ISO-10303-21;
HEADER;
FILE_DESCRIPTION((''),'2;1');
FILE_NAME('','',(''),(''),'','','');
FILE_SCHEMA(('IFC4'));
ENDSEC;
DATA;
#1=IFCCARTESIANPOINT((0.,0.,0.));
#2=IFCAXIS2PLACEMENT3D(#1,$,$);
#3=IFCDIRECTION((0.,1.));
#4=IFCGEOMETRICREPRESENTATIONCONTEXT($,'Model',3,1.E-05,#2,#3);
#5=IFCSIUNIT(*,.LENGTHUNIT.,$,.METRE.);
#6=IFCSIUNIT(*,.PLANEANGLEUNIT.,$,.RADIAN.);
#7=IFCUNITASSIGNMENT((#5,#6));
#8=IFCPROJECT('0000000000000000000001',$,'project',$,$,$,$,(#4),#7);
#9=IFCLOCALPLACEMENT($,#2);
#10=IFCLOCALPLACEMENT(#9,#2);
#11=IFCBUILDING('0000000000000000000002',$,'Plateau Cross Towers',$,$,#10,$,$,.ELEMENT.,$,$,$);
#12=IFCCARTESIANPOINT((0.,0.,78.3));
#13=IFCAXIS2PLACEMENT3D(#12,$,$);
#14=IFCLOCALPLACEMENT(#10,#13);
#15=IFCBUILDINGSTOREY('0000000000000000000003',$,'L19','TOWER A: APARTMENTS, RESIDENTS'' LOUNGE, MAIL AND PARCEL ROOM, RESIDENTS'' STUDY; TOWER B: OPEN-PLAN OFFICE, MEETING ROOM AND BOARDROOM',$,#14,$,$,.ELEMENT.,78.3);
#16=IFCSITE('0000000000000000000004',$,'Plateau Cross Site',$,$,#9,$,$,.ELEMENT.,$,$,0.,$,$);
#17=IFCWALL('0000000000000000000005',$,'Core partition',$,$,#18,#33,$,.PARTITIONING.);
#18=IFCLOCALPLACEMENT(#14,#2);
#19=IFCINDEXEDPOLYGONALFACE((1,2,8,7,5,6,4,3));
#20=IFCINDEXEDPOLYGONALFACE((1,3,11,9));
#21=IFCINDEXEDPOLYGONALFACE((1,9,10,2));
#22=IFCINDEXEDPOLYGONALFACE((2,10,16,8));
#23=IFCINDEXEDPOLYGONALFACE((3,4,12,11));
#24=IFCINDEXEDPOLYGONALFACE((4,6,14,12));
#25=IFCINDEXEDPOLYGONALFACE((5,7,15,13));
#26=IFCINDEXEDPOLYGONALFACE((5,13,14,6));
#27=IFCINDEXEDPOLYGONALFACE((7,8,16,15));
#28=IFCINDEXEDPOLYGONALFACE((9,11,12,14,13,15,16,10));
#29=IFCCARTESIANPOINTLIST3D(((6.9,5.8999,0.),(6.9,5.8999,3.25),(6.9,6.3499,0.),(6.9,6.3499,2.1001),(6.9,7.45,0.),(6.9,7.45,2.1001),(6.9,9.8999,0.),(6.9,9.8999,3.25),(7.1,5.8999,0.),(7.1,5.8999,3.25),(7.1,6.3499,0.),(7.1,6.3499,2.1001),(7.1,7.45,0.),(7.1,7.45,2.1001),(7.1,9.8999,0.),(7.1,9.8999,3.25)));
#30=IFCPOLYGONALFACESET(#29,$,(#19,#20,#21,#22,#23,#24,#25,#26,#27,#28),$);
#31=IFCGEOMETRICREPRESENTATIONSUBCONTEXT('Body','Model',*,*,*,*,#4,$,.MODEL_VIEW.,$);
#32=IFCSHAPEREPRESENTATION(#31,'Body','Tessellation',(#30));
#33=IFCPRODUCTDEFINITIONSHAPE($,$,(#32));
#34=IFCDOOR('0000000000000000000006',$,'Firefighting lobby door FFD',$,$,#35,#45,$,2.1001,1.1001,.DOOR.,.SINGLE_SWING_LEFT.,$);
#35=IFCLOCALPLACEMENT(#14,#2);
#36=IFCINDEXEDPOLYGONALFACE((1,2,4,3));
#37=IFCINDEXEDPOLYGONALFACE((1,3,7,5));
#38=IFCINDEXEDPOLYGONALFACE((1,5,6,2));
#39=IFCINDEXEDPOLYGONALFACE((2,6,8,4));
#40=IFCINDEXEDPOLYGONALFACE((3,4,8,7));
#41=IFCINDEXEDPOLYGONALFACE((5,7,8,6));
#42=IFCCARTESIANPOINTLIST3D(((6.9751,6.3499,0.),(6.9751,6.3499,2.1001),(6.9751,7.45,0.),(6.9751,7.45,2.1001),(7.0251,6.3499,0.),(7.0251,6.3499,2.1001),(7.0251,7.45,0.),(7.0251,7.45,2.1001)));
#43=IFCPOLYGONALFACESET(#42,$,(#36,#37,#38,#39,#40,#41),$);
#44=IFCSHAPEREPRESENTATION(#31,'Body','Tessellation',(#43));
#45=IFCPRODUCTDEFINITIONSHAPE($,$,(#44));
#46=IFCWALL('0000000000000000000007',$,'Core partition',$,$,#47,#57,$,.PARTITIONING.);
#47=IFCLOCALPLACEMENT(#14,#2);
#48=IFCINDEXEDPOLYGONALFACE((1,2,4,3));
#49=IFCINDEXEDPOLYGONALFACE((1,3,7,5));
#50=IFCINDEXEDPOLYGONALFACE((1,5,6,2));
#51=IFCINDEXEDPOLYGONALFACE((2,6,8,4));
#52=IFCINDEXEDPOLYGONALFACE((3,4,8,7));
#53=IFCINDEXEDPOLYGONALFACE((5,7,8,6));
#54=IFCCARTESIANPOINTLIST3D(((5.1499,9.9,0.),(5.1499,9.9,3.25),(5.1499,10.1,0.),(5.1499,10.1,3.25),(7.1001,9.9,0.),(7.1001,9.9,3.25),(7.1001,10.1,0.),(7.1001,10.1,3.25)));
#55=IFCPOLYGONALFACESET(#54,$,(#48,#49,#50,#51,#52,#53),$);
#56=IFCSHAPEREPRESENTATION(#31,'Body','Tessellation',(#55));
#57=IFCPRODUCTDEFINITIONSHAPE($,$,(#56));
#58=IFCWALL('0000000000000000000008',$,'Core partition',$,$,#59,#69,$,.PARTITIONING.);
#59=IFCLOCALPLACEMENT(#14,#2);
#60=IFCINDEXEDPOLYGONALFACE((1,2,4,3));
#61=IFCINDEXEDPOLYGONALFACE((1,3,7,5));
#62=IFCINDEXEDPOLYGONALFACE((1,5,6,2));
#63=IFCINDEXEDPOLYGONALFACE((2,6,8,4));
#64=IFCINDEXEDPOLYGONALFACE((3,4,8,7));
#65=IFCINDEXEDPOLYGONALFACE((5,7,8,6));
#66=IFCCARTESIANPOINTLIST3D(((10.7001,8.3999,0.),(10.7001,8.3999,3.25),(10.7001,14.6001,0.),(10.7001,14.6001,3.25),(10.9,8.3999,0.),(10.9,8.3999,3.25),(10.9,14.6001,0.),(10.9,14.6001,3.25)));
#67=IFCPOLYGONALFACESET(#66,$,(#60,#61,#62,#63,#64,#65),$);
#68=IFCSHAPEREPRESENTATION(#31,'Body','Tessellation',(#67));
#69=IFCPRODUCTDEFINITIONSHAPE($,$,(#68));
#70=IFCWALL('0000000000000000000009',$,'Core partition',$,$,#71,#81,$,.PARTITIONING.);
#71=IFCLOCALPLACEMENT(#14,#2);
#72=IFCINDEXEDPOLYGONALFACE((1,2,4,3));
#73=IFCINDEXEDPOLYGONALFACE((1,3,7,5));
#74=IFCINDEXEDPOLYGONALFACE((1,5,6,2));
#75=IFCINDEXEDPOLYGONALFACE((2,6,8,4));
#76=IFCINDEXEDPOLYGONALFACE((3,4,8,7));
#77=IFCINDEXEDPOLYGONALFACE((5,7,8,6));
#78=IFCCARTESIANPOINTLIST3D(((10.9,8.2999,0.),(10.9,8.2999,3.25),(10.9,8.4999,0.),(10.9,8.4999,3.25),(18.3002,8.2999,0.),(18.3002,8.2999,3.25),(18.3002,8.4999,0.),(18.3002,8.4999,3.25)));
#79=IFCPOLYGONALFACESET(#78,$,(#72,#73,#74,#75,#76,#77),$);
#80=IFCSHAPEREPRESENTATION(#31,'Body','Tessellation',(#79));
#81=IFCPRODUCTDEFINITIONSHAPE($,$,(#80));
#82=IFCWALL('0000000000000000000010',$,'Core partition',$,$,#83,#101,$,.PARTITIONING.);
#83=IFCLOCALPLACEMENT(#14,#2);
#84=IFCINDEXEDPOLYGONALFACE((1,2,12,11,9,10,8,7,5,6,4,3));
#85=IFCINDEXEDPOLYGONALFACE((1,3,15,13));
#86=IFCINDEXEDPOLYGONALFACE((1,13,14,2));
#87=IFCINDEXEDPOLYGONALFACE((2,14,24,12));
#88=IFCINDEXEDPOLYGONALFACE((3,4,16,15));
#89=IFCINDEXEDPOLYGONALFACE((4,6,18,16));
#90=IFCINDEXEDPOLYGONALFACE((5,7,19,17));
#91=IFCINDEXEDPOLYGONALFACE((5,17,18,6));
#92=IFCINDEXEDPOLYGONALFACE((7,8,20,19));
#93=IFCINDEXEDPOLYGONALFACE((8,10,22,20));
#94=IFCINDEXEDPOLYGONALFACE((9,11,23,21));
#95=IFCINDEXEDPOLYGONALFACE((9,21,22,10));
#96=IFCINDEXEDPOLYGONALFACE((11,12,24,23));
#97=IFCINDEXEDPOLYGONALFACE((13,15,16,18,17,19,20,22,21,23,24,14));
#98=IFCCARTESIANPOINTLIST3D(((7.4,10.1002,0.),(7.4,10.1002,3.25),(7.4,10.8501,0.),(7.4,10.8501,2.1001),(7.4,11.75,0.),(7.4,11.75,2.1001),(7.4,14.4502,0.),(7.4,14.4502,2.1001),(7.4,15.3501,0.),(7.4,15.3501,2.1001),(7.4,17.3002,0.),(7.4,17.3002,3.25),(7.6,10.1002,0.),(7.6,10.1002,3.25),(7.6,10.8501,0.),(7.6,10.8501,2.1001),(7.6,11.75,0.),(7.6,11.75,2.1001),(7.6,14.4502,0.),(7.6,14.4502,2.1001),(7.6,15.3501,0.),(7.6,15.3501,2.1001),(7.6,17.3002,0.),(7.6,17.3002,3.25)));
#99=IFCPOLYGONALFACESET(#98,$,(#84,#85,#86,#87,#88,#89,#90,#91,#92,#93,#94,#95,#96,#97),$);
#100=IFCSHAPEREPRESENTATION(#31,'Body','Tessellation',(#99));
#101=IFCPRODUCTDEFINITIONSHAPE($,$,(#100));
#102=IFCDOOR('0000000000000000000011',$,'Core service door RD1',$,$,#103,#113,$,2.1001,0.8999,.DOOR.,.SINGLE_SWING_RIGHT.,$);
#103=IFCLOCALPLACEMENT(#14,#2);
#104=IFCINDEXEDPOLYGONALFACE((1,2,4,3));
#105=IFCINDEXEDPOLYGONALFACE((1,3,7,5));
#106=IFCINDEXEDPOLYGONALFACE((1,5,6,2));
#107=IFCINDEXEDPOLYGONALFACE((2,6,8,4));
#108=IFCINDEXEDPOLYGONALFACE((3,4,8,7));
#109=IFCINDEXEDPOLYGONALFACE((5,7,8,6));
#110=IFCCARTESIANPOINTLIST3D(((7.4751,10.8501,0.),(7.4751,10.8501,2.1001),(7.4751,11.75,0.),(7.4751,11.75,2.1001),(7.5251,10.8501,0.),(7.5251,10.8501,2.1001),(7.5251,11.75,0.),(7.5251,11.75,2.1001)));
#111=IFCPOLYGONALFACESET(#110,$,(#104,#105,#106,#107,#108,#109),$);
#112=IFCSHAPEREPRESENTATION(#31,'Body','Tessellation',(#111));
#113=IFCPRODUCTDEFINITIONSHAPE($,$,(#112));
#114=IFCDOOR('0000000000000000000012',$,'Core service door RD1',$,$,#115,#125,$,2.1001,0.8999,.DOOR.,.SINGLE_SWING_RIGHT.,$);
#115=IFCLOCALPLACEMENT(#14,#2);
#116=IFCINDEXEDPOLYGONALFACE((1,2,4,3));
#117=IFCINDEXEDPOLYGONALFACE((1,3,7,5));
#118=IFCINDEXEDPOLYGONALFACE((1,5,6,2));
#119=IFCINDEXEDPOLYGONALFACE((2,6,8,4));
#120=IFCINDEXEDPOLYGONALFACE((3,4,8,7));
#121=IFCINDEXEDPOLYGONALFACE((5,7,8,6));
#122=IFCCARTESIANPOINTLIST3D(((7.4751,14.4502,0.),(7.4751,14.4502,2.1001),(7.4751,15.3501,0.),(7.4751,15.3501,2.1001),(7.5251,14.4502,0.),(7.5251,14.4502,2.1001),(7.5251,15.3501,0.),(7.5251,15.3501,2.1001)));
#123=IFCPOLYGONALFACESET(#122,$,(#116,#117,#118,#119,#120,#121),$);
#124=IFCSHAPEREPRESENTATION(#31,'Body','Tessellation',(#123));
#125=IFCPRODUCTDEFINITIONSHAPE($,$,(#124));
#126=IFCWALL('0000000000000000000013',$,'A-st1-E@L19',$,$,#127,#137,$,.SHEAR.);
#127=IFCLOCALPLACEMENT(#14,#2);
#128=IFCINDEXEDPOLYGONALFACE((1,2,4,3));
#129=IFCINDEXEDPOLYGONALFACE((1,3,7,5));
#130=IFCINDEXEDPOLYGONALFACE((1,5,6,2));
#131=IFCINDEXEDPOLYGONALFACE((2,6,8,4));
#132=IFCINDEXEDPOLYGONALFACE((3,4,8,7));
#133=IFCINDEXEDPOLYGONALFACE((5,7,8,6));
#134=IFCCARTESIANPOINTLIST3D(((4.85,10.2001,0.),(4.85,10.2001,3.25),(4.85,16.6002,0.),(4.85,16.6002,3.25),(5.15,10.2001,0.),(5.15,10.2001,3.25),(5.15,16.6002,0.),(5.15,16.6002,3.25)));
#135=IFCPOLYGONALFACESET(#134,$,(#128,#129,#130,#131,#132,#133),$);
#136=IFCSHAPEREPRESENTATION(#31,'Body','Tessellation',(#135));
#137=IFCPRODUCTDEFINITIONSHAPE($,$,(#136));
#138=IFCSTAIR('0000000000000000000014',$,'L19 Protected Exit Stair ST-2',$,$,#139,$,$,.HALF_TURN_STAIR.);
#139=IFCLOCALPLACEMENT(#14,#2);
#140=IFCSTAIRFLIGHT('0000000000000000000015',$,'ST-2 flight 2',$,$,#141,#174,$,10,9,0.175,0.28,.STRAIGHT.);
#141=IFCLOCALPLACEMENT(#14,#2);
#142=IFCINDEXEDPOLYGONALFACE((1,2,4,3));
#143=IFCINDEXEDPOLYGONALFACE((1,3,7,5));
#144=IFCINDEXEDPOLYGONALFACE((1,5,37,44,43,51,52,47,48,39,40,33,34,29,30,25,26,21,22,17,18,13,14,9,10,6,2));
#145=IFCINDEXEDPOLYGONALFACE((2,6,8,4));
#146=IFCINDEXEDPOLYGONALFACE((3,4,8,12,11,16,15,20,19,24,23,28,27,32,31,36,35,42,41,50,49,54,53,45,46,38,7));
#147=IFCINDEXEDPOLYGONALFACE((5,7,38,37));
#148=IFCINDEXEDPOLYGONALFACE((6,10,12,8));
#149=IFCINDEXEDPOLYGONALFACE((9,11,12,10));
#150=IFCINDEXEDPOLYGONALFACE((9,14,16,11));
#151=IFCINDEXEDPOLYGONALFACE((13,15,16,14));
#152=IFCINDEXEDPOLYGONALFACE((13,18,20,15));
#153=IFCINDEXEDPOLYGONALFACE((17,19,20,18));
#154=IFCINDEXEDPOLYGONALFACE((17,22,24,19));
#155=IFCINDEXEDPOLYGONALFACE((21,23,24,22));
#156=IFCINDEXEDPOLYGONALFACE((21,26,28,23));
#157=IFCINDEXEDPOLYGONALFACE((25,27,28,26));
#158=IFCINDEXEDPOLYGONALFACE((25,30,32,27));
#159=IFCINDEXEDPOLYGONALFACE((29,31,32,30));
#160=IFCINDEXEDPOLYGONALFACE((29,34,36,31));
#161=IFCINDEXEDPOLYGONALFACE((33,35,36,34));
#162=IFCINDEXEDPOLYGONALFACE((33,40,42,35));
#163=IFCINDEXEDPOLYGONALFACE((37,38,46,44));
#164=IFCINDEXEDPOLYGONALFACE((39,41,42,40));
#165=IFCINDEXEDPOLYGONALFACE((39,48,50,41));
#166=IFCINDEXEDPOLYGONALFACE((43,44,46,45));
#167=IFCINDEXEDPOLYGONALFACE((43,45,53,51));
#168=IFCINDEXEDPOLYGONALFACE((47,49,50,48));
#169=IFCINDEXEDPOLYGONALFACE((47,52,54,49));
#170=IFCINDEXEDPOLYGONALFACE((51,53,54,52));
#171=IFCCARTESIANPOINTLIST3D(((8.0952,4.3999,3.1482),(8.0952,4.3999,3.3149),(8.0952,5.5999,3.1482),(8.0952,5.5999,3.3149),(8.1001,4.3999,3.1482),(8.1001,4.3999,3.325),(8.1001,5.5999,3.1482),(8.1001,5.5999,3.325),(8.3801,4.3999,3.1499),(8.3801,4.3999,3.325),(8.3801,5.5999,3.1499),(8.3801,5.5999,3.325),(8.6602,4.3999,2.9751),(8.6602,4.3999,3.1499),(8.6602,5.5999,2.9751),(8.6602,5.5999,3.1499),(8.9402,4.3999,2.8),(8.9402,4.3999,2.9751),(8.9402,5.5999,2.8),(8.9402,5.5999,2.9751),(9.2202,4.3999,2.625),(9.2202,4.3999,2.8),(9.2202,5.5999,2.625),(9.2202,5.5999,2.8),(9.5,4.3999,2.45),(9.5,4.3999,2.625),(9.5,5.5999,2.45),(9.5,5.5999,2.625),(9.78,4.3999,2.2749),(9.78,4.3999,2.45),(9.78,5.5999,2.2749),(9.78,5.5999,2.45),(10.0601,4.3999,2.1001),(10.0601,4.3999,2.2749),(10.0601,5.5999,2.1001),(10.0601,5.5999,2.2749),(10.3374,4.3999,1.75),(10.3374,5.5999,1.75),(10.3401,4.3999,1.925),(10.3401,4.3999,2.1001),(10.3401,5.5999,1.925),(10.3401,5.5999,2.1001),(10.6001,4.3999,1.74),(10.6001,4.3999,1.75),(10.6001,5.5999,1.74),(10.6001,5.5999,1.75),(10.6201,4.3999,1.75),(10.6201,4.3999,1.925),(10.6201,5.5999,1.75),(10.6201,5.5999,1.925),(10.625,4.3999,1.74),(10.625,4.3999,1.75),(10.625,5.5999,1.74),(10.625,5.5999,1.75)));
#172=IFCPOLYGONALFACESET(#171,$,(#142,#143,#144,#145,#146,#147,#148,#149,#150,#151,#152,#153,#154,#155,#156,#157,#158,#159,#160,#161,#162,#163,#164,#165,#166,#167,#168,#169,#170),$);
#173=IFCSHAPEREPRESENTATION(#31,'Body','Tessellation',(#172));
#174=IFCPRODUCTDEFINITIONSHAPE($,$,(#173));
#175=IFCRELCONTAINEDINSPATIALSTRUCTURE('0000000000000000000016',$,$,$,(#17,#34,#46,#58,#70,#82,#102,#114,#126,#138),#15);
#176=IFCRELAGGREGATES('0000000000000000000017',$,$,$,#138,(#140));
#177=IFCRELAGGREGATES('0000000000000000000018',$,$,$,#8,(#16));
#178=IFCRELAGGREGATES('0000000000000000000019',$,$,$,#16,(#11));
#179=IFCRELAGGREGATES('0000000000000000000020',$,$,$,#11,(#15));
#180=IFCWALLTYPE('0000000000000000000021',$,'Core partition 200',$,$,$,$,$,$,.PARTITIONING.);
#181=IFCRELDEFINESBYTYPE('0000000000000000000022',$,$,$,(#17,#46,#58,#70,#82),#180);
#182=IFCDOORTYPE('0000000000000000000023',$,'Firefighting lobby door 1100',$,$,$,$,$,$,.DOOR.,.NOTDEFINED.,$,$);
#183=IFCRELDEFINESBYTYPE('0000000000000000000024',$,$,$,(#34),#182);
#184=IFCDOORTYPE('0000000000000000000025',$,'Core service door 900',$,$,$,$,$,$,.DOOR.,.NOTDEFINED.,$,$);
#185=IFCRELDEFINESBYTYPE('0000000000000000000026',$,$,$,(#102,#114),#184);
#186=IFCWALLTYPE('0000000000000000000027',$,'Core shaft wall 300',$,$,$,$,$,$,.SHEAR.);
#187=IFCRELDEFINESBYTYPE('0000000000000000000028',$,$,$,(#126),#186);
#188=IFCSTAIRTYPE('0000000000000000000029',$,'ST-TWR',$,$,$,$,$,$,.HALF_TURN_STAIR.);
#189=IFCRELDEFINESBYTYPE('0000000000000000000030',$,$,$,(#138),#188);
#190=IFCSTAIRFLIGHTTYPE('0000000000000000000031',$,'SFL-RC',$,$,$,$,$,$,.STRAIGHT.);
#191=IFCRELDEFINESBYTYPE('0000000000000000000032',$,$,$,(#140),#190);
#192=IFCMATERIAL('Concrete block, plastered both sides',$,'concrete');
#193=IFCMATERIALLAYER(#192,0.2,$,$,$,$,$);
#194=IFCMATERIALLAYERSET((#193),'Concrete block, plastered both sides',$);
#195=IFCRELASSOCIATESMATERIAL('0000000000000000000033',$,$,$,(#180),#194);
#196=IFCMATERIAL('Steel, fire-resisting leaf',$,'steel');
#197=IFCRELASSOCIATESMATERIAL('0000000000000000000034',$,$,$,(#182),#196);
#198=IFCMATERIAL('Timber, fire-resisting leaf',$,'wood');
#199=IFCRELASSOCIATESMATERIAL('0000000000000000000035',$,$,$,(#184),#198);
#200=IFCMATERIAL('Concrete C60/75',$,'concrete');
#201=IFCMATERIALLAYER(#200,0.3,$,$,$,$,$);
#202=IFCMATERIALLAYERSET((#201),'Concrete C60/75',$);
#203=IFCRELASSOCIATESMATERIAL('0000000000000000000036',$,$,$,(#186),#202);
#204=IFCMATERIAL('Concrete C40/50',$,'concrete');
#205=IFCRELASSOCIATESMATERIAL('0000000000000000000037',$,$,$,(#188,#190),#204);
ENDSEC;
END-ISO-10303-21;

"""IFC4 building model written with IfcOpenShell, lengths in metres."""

from ifc_helpers import new_model, si_unit, direction, frame, frame_2d, origin, place, context, subcontext, project, spatial, polyline, rectangle, outline, extrude, material, layer, layer_set, type_object, element, fill, aggregate, save


model = new_model("IFC4")

# Units and contexts
model_context = context("Model", 3, precision=1e-05, world=origin(), true_north=direction((0.0, 1.0)))
body_context = subcontext(model_context, "Body", "Model", "MODEL_VIEW")
ifc_project = project(units=[si_unit("LENGTHUNIT", "METRE"), si_unit("PLANEANGLEUNIT", "RADIAN")], contexts=[model_context])

# Site, building, storey
site_placement = place(None, origin())
site = spatial("IfcSite", under=ifc_project, at=site_placement, Name="Plateau Cross Site", CompositionType="ELEMENT", RefElevation=0.0)
building_placement = place(site_placement, origin())
building = spatial("IfcBuilding", under=site, at=building_placement, Name="Plateau Cross Towers", CompositionType="ELEMENT")
storey_placement = place(building_placement, frame((0.0, 0.0, 78.3)))
storey = spatial("IfcBuildingStorey", under=building, at=storey_placement, Name="L19", Description="TOWER A: APARTMENTS, RESIDENTS' LOUNGE, MAIL AND PARCEL ROOM, RESIDENTS' STUDY; TOWER B: OPEN-PLAN OFFICE, MEETING ROOM AND BOARDROOM", CompositionType="ELEMENT", Elevation=78.3)

# Wall, opening, door
ifc_material_1 = material(Name="Concrete block, plastered both sides", Category="concrete")
ifc_layer_1 = layer(ifc_material_1, 0.2)
ifc_layer_set_1 = layer_set([ifc_layer_1], Name="Concrete block, plastered both sides")
wall_type_1 = type_object("IfcWallType", Name="Core partition 200", PredefinedType="PARTITIONING", material=ifc_layer_set_1)
wall_1_placement = place(storey_placement, frame((7.0, 5.8999, 0.0), z_axis=(0.0, 0.0, 1.0), x_axis=(0.0, 1.0, 0.0)))
wall_1 = element("IfcWall", 1, at=wall_1_placement, inside=storey, type_object=wall_type_1, Name="Core partition", PredefinedType="PARTITIONING", context=body_context, shape_type="SweptSolid", body=[
    extrude(rectangle(XDim=4.0, YDim=0.2, at=frame_2d((2.0, 0.0))), origin(), (0.0, 0.0, 1.0), 3.25),
])
opening_1_placement = place(wall_1_placement, frame((0.45, 0.0, 0.0)))
opening_1 = element("IfcOpeningElement", 2, at=opening_1_placement, cuts=wall_1, PredefinedType="OPENING", context=body_context, shape_type="SweptSolid", body=[
    extrude(rectangle(XDim=1.1001, YDim=2.1001, at=frame_2d((0.55, 1.05))), frame((0.0, 0.1099, 0.0), z_axis=(0.0, -1.0, 0.0), x_axis=(1.0, 0.0, 0.0)), (0.0, 0.0, 1.0), 0.22),
])
ifc_material_2 = material(Name="Steel, fire-resisting leaf", Category="steel")
door_type_1 = type_object("IfcDoorType", Name="Firefighting lobby door 1100", OperationType="NOTDEFINED", PredefinedType="DOOR", material=ifc_material_2)
door_1_placement = place(opening_1_placement, origin())
door_1 = element("IfcDoor", 3, at=door_1_placement, inside=storey, type_object=door_type_1, Name="Firefighting lobby door FFD", OperationType="SINGLE_SWING_LEFT", OverallHeight=2.1001, OverallWidth=1.1001, PredefinedType="DOOR", context=body_context, shape_type="SweptSolid", body=[
    extrude(rectangle(XDim=1.1001, YDim=2.1001, at=frame_2d((0.55, 1.05))), frame((0.0, 0.0249, 0.0), z_axis=(0.0, -1.0, 0.0), x_axis=(1.0, 0.0, 0.0)), (0.0, 0.0, 1.0), 0.05),
])
fill(opening_1, door_1)

# Walls
wall_2_placement = place(storey_placement, frame((5.1499, 10.0, 0.0), z_axis=(0.0, 0.0, 1.0), x_axis=(1.0, 0.0, 0.0)))
element("IfcWall", 4, at=wall_2_placement, inside=storey, type_object=wall_type_1, Name="Core partition", PredefinedType="PARTITIONING", context=body_context, shape_type="SweptSolid", body=[
    extrude(rectangle(XDim=1.9502, YDim=0.2, at=frame_2d((0.9751, 0.0))), origin(), (0.0, 0.0, 1.0), 3.25),
])
wall_3_placement = place(storey_placement, frame((10.8, 8.3999, 0.0), z_axis=(0.0, 0.0, 1.0), x_axis=(0.0, 1.0, 0.0)))
element("IfcWall", 5, at=wall_3_placement, inside=storey, type_object=wall_type_1, Name="Core partition", PredefinedType="PARTITIONING", context=body_context, shape_type="SweptSolid", body=[
    extrude(rectangle(XDim=6.2002, YDim=0.2, at=frame_2d((3.1001, 0.0))), origin(), (0.0, 0.0, 1.0), 3.25),
])
wall_4_placement = place(storey_placement, frame((10.8999, 8.3999, 0.0), z_axis=(0.0, 0.0, 1.0), x_axis=(1.0, 0.0, 0.0)))
element("IfcWall", 6, at=wall_4_placement, inside=storey, type_object=wall_type_1, Name="Core partition", PredefinedType="PARTITIONING", context=body_context, shape_type="SweptSolid", body=[
    extrude(rectangle(XDim=7.4001, YDim=0.2, at=frame_2d((3.7002, 0.0))), origin(), (0.0, 0.0, 1.0), 3.25),
])

# Wall, openings, doors
wall_5_placement = place(storey_placement, frame((7.5, 10.1001, 0.0), z_axis=(0.0, 0.0, 1.0), x_axis=(0.0, 1.0, 0.0)))
wall_5 = element("IfcWall", 7, at=wall_5_placement, inside=storey, type_object=wall_type_1, Name="Core partition", PredefinedType="PARTITIONING", context=body_context, shape_type="SweptSolid", body=[
    extrude(rectangle(XDim=7.2, YDim=0.2, at=frame_2d((3.6001, 0.0))), origin(), (0.0, 0.0, 1.0), 3.25),
])
opening_2_placement = place(wall_5_placement, frame((0.75, 0.0, 0.0)))
opening_2 = element("IfcOpeningElement", 8, at=opening_2_placement, cuts=wall_5, PredefinedType="OPENING", context=body_context, shape_type="SweptSolid", body=[
    extrude(rectangle(XDim=0.8999, YDim=2.1001, at=frame_2d((0.45, 1.05))), frame((0.0, 0.1099, 0.0), z_axis=(0.0, -1.0, 0.0), x_axis=(1.0, 0.0, 0.0)), (0.0, 0.0, 1.0), 0.22),
])
opening_3_placement = place(wall_5_placement, frame((4.3501, 0.0, 0.0)))
opening_3 = element("IfcOpeningElement", 9, at=opening_3_placement, cuts=wall_5, PredefinedType="OPENING", context=body_context, shape_type="SweptSolid", body=[
    extrude(rectangle(XDim=0.8999, YDim=2.1001, at=frame_2d((0.45, 1.05))), frame((0.0, 0.1099, 0.0), z_axis=(0.0, -1.0, 0.0), x_axis=(1.0, 0.0, 0.0)), (0.0, 0.0, 1.0), 0.22),
])
ifc_material_3 = material(Name="Timber, fire-resisting leaf", Category="wood")
door_type_2 = type_object("IfcDoorType", Name="Core service door 900", OperationType="NOTDEFINED", PredefinedType="DOOR", material=ifc_material_3)
door_2_placement = place(opening_2_placement, origin())
door_2 = element("IfcDoor", 10, at=door_2_placement, inside=storey, type_object=door_type_2, Name="Core service door RD1", OperationType="SINGLE_SWING_RIGHT", OverallHeight=2.1001, OverallWidth=0.8999, PredefinedType="DOOR", context=body_context, shape_type="SweptSolid", body=[
    extrude(rectangle(XDim=0.8999, YDim=2.1001, at=frame_2d((0.45, 1.05))), frame((0.0, 0.0249, 0.0), z_axis=(0.0, -1.0, 0.0), x_axis=(1.0, 0.0, 0.0)), (0.0, 0.0, 1.0), 0.05),
])
fill(opening_2, door_2)
door_3_placement = place(opening_3_placement, origin())
door_3 = element("IfcDoor", 11, at=door_3_placement, inside=storey, type_object=door_type_2, Name="Core service door RD1", OperationType="SINGLE_SWING_RIGHT", OverallHeight=2.1001, OverallWidth=0.8999, PredefinedType="DOOR", context=body_context, shape_type="SweptSolid", body=[
    extrude(rectangle(XDim=0.8999, YDim=2.1001, at=frame_2d((0.45, 1.05))), frame((0.0, 0.0249, 0.0), z_axis=(0.0, -1.0, 0.0), x_axis=(1.0, 0.0, 0.0)), (0.0, 0.0, 1.0), 0.05),
])
fill(opening_3, door_3)

# Wall
ifc_material_4 = material(Name="Concrete C60/75", Category="concrete")
ifc_layer_2 = layer(ifc_material_4, 0.3)
ifc_layer_set_2 = layer_set([ifc_layer_2], Name="Concrete C60/75")
wall_type_2 = type_object("IfcWallType", Name="Core shaft wall 300", PredefinedType="SHEAR", material=ifc_layer_set_2)
wall_6_placement = place(storey_placement, frame((5.0, 10.2, 0.0), z_axis=(0.0, 0.0, 1.0), x_axis=(0.0, 1.0, 0.0)))
element("IfcWall", 12, at=wall_6_placement, inside=storey, type_object=wall_type_2, Name="A-st1-E@L19", PredefinedType="SHEAR", context=body_context, shape_type="SweptSolid", body=[
    extrude(rectangle(XDim=6.4001, YDim=0.3, at=frame_2d((3.2002, 0.0))), origin(), (0.0, 0.0, 1.0), 3.25),
])

# Stair, stair flight
ifc_material_5 = material(Name="Concrete C40/50", Category="concrete")
stair_type = type_object("IfcStairType", Name="ST-TWR", PredefinedType="HALF_TURN_STAIR", material=ifc_material_5)
stair_placement = place(storey_placement, origin())
stair = element("IfcStair", 13, at=stair_placement, inside=storey, type_object=stair_type, Name="L19 Protected Exit Stair ST-2", PredefinedType="HALF_TURN_STAIR")
stair_flight_type = type_object("IfcStairFlightType", Name="SFL-RC", PredefinedType="STRAIGHT", material=ifc_material_5)
stair_flight_placement = place(storey_placement, frame((10.6201, 5.0, 1.75), z_axis=(0.0, 0.0, 1.0), x_axis=(-1.0, 0.0, 0.0)))
stair_flight = element("IfcStairFlight", 14, at=stair_flight_placement, type_object=stair_flight_type, Name="ST-2 flight 2", NumberOfRisers=10, NumberOfTreads=9, PredefinedType="STRAIGHT", RiserHeight=0.175, TreadLength=0.28, context=body_context, shape_type="SweptSolid", body=[
    extrude(outline(polyline([(-0.0049, -0.01), (-0.0049, 0.0), (0.0, 0.0), (0.0, 0.175), (0.28, 0.175), (0.28, 0.3501), (0.5601, 0.3501), (0.5601, 0.5249), (0.8401, 0.5249), (0.8401, 0.7), (1.1201, 0.7), (1.1201, 0.875), (1.3999, 0.875), (1.3999, 1.05), (1.6799, 1.05), (1.6799, 1.2251), (1.96, 1.2251), (1.96, 1.3999), (2.24, 1.3999), (2.24, 1.575), (2.52, 1.575), (2.5249, 1.5649), (2.5249, 1.3982), (2.52, 1.3982), (0.2827, 0.0), (0.02, 0.0), (0.02, -0.01), (-0.0049, -0.01)])), frame((0.0, 0.6001, 0.0), z_axis=(0.0, -1.0, 0.0), x_axis=(1.0, 0.0, 0.0)), (0.0, 0.0, 1.0), 1.2),
])
aggregate(stair, [stair_flight])

save(model, "model.ifc")
